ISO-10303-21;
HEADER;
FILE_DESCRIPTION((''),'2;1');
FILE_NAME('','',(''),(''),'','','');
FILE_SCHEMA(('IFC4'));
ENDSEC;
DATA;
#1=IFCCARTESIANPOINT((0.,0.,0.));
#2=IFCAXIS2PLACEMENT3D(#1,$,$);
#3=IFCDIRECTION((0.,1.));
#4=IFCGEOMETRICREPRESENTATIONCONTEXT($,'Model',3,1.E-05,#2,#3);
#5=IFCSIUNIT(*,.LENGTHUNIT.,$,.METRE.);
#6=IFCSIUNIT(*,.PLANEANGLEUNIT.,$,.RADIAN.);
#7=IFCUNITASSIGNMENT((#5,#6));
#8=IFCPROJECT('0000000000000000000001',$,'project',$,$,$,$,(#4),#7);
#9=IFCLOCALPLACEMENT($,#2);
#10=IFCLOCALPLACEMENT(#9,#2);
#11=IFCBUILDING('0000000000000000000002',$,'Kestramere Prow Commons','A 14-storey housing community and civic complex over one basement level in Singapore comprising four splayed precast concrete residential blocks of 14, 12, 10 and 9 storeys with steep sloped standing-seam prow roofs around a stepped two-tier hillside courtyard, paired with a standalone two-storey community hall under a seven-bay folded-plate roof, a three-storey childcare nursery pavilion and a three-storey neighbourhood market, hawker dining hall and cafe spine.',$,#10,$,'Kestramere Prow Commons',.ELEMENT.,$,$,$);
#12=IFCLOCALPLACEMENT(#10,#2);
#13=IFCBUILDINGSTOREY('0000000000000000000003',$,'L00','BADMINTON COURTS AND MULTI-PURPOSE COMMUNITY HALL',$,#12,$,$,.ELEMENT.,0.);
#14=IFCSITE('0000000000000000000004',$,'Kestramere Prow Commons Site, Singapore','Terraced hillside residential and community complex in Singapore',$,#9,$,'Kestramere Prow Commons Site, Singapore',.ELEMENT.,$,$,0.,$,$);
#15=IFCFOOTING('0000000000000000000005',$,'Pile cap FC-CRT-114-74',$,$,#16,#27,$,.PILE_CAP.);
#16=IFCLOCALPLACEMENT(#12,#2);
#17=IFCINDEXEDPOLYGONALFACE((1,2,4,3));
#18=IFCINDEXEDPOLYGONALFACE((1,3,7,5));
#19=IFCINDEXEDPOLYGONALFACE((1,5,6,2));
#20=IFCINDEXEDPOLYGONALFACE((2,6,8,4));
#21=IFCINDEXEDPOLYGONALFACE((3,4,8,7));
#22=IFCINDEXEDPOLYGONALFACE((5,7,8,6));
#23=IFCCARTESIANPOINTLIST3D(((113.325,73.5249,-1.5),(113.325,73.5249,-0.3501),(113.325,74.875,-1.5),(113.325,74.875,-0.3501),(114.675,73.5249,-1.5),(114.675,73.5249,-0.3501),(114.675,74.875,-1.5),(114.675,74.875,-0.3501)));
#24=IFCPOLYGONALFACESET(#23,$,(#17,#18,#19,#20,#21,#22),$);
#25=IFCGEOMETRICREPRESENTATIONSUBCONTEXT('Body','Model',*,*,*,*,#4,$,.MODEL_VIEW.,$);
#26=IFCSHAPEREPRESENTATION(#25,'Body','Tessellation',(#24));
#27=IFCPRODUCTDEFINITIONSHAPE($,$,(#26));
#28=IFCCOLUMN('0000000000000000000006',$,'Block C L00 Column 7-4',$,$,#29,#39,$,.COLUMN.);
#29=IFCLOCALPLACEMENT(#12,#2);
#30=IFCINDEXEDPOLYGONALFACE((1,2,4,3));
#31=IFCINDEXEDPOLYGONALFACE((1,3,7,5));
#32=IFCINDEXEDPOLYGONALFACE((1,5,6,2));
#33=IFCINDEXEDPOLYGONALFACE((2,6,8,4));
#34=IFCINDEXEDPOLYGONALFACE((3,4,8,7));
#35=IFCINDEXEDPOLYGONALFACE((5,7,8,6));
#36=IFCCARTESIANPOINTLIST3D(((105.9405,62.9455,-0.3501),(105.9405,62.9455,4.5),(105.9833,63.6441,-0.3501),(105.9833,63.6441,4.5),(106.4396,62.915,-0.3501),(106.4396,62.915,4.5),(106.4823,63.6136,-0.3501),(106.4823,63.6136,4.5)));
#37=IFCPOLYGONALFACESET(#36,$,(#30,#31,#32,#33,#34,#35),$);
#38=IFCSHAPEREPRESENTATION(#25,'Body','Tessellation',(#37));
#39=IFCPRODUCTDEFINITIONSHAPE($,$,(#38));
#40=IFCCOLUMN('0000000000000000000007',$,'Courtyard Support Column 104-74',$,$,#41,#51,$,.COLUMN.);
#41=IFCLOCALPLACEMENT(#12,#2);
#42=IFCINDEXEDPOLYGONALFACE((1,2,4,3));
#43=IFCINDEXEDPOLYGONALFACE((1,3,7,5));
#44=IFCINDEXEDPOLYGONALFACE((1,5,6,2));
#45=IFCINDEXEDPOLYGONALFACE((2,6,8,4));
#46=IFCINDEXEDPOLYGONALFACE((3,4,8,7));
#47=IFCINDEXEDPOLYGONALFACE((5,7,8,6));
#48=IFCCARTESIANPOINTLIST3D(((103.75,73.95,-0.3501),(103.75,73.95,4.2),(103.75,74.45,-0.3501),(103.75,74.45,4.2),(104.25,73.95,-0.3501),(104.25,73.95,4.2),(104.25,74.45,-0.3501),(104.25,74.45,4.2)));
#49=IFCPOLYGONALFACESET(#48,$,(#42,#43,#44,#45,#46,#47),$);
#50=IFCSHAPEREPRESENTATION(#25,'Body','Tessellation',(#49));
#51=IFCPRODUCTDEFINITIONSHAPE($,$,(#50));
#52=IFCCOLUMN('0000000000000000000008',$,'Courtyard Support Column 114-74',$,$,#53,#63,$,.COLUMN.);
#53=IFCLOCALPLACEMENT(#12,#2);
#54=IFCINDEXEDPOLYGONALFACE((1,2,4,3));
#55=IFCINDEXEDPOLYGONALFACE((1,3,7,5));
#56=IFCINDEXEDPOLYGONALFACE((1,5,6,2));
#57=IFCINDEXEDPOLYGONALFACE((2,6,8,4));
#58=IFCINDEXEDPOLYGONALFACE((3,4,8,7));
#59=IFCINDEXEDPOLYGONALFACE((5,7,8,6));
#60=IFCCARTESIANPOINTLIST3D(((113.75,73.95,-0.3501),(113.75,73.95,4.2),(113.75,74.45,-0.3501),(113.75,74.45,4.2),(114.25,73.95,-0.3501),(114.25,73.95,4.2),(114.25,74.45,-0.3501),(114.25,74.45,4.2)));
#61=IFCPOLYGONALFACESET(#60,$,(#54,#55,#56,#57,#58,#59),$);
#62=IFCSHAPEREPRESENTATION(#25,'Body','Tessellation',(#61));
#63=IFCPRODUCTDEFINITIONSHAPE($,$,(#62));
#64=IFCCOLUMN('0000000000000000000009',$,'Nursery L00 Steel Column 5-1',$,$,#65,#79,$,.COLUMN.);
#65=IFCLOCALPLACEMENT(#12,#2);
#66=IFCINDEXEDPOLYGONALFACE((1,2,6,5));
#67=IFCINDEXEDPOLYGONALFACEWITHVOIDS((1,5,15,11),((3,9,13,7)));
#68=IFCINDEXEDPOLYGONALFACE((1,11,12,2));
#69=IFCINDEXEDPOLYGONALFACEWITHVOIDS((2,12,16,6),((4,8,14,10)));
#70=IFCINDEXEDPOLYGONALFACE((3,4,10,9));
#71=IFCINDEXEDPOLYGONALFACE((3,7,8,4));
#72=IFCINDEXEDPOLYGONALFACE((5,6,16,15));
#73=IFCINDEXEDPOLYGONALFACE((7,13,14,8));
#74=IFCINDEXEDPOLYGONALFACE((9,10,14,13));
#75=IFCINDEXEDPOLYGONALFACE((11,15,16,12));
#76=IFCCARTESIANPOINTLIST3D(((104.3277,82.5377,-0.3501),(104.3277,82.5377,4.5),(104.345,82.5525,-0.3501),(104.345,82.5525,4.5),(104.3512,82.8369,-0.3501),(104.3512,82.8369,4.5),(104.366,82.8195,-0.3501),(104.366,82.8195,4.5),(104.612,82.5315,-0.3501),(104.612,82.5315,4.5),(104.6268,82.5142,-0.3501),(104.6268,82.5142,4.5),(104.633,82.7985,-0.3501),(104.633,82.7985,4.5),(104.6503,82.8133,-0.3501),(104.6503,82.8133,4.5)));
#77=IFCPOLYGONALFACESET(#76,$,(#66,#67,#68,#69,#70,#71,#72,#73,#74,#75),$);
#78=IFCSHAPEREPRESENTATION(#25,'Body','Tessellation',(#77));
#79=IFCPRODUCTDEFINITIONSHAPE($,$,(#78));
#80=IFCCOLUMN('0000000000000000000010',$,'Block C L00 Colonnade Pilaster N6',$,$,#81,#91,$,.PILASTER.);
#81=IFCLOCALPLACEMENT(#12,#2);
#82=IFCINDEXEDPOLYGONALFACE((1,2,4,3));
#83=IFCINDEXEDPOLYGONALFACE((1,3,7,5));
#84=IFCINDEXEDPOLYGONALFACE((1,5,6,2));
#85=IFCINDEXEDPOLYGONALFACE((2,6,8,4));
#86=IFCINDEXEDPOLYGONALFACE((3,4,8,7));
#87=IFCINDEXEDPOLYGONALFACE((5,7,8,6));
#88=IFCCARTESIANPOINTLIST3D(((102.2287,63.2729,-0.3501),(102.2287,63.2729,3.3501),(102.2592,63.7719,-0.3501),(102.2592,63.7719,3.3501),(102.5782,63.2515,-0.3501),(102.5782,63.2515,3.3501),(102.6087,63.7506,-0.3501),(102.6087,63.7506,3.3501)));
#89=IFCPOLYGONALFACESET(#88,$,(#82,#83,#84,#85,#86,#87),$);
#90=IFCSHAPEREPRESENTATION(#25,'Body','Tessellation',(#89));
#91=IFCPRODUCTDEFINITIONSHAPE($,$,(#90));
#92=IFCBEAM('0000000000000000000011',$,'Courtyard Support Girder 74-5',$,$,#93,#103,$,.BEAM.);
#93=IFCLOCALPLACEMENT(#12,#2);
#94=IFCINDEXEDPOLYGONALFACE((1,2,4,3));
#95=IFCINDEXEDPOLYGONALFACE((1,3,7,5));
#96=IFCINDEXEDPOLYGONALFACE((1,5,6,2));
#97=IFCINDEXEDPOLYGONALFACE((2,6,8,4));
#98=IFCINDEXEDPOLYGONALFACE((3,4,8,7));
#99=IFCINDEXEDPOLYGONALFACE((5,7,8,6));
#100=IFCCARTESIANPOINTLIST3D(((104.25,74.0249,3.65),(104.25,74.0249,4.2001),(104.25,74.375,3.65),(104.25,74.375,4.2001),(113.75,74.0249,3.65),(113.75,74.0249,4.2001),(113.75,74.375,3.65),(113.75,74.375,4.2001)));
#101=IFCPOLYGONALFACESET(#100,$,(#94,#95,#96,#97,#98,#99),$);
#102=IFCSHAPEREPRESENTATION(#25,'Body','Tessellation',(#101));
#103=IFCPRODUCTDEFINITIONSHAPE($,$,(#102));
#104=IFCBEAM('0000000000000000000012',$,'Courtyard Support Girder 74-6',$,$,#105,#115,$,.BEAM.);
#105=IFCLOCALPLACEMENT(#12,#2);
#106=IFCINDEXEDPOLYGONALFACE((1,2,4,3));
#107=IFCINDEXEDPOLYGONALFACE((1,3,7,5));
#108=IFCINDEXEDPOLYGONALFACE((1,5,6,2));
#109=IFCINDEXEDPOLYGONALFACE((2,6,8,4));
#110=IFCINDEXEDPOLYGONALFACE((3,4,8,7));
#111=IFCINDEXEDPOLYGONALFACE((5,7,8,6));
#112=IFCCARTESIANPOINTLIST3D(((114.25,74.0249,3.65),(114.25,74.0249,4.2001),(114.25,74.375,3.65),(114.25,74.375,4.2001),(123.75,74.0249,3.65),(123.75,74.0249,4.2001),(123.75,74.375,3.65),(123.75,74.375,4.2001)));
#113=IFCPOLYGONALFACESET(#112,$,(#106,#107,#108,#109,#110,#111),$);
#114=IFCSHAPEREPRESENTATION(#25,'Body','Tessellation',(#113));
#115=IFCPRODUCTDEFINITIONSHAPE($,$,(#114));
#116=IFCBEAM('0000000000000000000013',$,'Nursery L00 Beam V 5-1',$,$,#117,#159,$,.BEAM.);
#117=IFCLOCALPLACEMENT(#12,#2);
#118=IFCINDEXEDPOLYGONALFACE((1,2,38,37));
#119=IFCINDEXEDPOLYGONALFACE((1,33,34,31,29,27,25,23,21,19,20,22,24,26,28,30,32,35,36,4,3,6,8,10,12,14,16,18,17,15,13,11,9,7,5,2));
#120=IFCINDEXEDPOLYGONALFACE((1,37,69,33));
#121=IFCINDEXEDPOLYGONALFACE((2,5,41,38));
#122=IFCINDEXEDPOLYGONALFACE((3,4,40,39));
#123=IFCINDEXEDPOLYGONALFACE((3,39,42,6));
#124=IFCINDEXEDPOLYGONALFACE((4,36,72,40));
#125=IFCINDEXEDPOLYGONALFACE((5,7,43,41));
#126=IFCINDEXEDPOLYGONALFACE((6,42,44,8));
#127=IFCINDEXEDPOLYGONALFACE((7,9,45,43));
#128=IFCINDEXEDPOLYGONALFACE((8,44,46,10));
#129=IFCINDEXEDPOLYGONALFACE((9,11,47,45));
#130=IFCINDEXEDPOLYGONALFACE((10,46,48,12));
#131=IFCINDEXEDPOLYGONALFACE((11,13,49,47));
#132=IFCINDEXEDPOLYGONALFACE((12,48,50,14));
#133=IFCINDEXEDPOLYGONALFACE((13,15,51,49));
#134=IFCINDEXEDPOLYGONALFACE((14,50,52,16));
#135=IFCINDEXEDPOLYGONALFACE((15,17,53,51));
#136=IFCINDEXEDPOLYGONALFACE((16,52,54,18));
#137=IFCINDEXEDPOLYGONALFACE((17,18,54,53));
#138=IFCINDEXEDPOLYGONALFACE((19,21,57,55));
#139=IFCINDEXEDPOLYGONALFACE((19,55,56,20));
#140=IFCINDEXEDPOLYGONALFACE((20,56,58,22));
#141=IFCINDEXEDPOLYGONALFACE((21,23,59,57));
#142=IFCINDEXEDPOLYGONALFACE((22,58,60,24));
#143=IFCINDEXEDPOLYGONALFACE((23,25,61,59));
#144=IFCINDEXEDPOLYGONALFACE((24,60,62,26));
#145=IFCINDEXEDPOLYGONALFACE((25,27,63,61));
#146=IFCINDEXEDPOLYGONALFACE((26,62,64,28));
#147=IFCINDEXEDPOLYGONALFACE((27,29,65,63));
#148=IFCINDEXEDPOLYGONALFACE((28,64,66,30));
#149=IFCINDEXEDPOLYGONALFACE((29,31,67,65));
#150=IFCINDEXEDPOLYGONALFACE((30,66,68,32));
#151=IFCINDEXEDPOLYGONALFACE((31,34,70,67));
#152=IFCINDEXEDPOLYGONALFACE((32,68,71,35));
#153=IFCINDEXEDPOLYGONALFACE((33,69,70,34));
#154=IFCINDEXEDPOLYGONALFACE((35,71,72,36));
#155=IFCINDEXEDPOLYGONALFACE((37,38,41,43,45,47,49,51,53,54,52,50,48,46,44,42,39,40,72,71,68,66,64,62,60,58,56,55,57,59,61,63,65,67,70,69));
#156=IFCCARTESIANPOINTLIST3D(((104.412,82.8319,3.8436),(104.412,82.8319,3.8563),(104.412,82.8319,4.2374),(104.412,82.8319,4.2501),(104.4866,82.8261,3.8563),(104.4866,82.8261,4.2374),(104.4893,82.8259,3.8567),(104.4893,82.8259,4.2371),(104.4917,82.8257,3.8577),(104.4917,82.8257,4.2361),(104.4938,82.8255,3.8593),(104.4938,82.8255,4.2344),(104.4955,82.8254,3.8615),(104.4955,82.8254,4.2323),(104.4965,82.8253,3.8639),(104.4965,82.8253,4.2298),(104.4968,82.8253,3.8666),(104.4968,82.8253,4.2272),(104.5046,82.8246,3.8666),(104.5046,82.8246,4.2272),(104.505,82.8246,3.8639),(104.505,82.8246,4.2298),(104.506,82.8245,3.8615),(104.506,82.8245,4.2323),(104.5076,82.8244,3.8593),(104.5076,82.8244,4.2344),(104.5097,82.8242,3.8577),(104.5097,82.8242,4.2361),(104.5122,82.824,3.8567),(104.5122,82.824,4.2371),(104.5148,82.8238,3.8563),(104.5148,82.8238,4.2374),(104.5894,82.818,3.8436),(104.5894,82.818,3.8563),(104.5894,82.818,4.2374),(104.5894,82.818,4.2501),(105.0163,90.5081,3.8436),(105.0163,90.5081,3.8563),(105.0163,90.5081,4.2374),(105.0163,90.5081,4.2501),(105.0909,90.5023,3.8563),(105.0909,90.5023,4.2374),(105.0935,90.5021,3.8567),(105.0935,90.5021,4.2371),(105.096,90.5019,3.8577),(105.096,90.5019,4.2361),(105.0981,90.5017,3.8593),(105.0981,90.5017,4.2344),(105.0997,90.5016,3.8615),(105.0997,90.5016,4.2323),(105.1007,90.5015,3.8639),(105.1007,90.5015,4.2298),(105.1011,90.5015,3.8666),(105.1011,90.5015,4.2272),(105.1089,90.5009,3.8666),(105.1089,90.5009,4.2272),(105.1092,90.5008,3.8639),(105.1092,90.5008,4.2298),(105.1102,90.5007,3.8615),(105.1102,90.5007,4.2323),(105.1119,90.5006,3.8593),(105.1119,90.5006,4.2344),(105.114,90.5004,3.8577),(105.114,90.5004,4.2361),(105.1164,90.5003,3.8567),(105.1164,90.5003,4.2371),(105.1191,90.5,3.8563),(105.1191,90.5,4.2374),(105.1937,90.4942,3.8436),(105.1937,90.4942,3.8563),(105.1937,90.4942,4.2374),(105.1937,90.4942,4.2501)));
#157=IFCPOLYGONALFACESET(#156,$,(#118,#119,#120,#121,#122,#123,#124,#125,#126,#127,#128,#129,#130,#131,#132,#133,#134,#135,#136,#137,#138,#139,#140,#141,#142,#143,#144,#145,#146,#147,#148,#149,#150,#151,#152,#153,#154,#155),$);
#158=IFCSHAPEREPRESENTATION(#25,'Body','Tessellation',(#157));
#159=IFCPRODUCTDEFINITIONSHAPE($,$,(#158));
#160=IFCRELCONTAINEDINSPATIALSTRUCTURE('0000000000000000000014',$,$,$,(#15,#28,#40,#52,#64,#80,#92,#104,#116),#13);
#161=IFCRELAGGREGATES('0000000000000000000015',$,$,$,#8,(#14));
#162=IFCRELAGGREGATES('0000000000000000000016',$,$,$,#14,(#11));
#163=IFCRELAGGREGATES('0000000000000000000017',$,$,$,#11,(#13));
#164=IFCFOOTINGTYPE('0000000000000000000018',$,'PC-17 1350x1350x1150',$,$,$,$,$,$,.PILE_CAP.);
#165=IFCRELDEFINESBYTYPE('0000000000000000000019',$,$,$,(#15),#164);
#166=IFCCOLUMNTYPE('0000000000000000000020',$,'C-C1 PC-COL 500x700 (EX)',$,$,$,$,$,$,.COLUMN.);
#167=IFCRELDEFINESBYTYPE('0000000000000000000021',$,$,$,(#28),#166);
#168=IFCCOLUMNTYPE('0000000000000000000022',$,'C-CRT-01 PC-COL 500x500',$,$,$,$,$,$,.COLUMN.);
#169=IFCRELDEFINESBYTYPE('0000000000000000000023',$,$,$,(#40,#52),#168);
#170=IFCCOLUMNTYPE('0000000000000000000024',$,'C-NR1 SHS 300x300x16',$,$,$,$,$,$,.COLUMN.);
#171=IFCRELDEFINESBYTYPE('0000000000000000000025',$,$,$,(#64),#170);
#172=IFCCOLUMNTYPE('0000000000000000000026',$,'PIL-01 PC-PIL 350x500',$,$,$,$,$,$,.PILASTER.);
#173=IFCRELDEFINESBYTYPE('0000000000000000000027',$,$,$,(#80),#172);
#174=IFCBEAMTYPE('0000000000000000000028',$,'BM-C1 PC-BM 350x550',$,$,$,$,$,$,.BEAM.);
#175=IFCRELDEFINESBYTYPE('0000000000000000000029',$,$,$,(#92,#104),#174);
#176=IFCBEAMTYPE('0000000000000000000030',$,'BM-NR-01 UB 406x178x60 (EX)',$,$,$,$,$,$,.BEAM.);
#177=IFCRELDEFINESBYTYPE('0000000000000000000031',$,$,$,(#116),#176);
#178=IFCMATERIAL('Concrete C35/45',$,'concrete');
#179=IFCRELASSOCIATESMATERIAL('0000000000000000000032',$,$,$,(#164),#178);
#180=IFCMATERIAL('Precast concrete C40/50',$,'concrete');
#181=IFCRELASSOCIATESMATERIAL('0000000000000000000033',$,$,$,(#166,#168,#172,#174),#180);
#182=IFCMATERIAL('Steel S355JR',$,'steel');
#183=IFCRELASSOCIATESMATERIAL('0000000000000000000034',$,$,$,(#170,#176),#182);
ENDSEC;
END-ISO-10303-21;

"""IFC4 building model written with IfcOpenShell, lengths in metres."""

from ifc_helpers import new_model, si_unit, direction, frame, origin, origin_2d, place, context, subcontext, project, spatial, rectangle, hollow_rectangle, i_section, extrude, material, material_profile, profile_set, type_object, element, save


model = new_model("IFC4")

# Units and contexts
model_context = context("Model", 3, precision=1e-05, world=origin(), true_north=direction((0.0, 1.0)))
body_context = subcontext(model_context, "Body", "Model", "MODEL_VIEW")
ifc_project = project(units=[si_unit("LENGTHUNIT", "METRE"), si_unit("PLANEANGLEUNIT", "RADIAN")], contexts=[model_context])

# Site, building, storey
site_placement = place(None, origin())
site = spatial("IfcSite", under=ifc_project, at=site_placement, Name="Kestramere Prow Commons Site, Singapore", Description="Terraced hillside residential and community complex in Singapore", LongName="Kestramere Prow Commons Site, Singapore", CompositionType="ELEMENT", RefElevation=0.0)
building_placement = place(site_placement, origin())
building = spatial("IfcBuilding", under=site, at=building_placement, Name="Kestramere Prow Commons", Description="A 14-storey housing community and civic complex over one basement level in Singapore comprising four splayed precast concrete residential blocks of 14, 12, 10 and 9 storeys with steep sloped standing-seam prow roofs around a stepped two-tier hillside courtyard, paired with a standalone two-storey community hall under a seven-bay folded-plate roof, a three-storey childcare nursery pavilion and a three-storey neighbourhood market, hawker dining hall and cafe spine.", LongName="Kestramere Prow Commons", CompositionType="ELEMENT")
storey_placement = place(building_placement, origin())
storey = spatial("IfcBuildingStorey", under=building, at=storey_placement, Name="L00", Description="BADMINTON COURTS AND MULTI-PURPOSE COMMUNITY HALL", CompositionType="ELEMENT", Elevation=0.0)

# Shared definitions
ifc_material_1 = material(Name="Concrete C35/45", Category="concrete")

# Footing
footing_type_1 = type_object("IfcFootingType", Name="PC-17 1350x1350x1150", PredefinedType="PILE_CAP", material=ifc_material_1)
for number, where, z_axis, x_axis, name in (
    (1, (114.0, 74.2, -1.5), (0.0, 0.0, 1.0), (1.0, 0.0, 0.0), "Pile cap FC-CRT-114-74"),
):
    element("IfcFooting", number, at=place(storey_placement, frame(where, z_axis=z_axis, x_axis=x_axis)), inside=storey, type_object=footing_type_1, Name=name, PredefinedType="PILE_CAP", context=body_context, shape_type="SweptSolid", body=[
        extrude(rectangle(XDim=1.3501, YDim=1.3501, at=origin_2d()), origin(), (0.0, 0.0, 1.0), 1.1499),
    ])

# Columns
ifc_material_2 = material(Name="Precast concrete C40/50", Category="concrete")
ifc_material_profile_1 = material_profile(ifc_material_2, rectangle(XDim=0.5, YDim=0.7, at=origin_2d()), Name="PC-COL 500x700")
ifc_profile_set_1 = profile_set([ifc_material_profile_1], Name="Precast concrete C40/50")
column_type_1 = type_object("IfcColumnType", Name="C-C1 PC-COL 500x700 (EX)", PredefinedType="COLUMN", material=ifc_profile_set_1)
column_1_placement = place(storey_placement, frame((106.2114, 63.2795, -0.3501), z_axis=(0.0, 0.0, 1.0), x_axis=(0.998135, -0.061049, 0.0)))
element("IfcColumn", 2, at=column_1_placement, inside=storey, type_object=column_type_1, Name="Block C L00 Column 7-4", PredefinedType="COLUMN", context=body_context, shape_type="SweptSolid", body=[
    extrude(rectangle(XDim=0.5, YDim=0.7, at=origin_2d()), origin(), (0.0, 0.0, 1.0), 4.8501),
])
ifc_material_profile_2 = material_profile(ifc_material_2, rectangle(XDim=0.5, YDim=0.5, at=origin_2d()), Name="PC-COL 500x500")
ifc_profile_set_2 = profile_set([ifc_material_profile_2], Name="Precast concrete C40/50")
column_type_2 = type_object("IfcColumnType", Name="C-CRT-01 PC-COL 500x500", PredefinedType="COLUMN", material=ifc_profile_set_2)
for number, where, z_axis, x_axis, name in (
    (3, (104.0, 74.2, -0.3501), (0.0, 0.0, 1.0), (1.0, 0.0, 0.0), "Courtyard Support Column 104-74"),
    (4, (114.0, 74.2, -0.3501), (0.0, 0.0, 1.0), (1.0, 0.0, 0.0), "Courtyard Support Column 114-74"),
):
    element("IfcColumn", number, at=place(storey_placement, frame(where, z_axis=z_axis, x_axis=x_axis)), inside=storey, type_object=column_type_2, Name=name, PredefinedType="COLUMN", context=body_context, shape_type="SweptSolid", body=[
        extrude(rectangle(XDim=0.5, YDim=0.5, at=origin_2d()), origin(), (0.0, 0.0, 1.0), 4.55),
    ])
ifc_material_3 = material(Name="Steel S355JR", Category="steel")
ifc_material_profile_3 = material_profile(ifc_material_3, hollow_rectangle(XDim=0.3, YDim=0.3, WallThickness=0.0161, at=origin_2d()), Name="SHS 300x300x16")
ifc_profile_set_3 = profile_set([ifc_material_profile_3], Name="Steel S355JR")
column_type_3 = type_object("IfcColumnType", Name="C-NR1 SHS 300x300x16", PredefinedType="COLUMN", material=ifc_profile_set_3)
column_2_placement = place(storey_placement, frame((104.489, 82.6755, -0.3501), z_axis=(0.0, 0.0, 1.0), x_axis=(0.996917, -0.078459, 0.0)))
element("IfcColumn", 5, at=column_2_placement, inside=storey, type_object=column_type_3, Name="Nursery L00 Steel Column 5-1", PredefinedType="COLUMN", context=body_context, shape_type="SweptSolid", body=[
    extrude(hollow_rectangle(XDim=0.3, YDim=0.3, WallThickness=0.0161, at=origin_2d()), origin(), (0.0, 0.0, 1.0), 4.8501),
])
ifc_material_profile_4 = material_profile(ifc_material_2, rectangle(XDim=0.3501, YDim=0.5, at=origin_2d()), Name="PC-PIL 350x500")
ifc_profile_set_4 = profile_set([ifc_material_profile_4], Name="Precast concrete C40/50")
column_type_4 = type_object("IfcColumnType", Name="PIL-01 PC-PIL 350x500", PredefinedType="PILASTER", material=ifc_profile_set_4)
column_3_placement = place(storey_placement, frame((102.4187, 63.5117, -0.3501), z_axis=(0.0, 0.0, 1.0), x_axis=(0.998135, -0.061049, 0.0)))
element("IfcColumn", 6, at=column_3_placement, inside=storey, type_object=column_type_4, Name="Block C L00 Colonnade Pilaster N6", PredefinedType="PILASTER", context=body_context, shape_type="SweptSolid", body=[
    extrude(rectangle(XDim=0.3501, YDim=0.5, at=origin_2d()), origin(), (0.0, 0.0, 1.0), 3.7002),
])

# Beams
ifc_material_profile_5 = material_profile(ifc_material_2, rectangle(XDim=0.3501, YDim=0.55, at=origin_2d()), Name="PC-BM 350x550")
ifc_profile_set_5 = profile_set([ifc_material_profile_5], Name="Precast concrete C40/50")
beam_type_1 = type_object("IfcBeamType", Name="BM-C1 PC-BM 350x550", PredefinedType="BEAM", material=ifc_profile_set_5)
for number, where, z_axis, x_axis, name in (
    (7, (104.25, 74.2, 3.925), (1.0, 0.0, 0.0), (0.0, 1.0, 0.0), "Courtyard Support Girder 74-5"),
    (8, (114.25, 74.2, 3.925), (1.0, 0.0, 0.0), (0.0, 1.0, 0.0), "Courtyard Support Girder 74-6"),
):
    element("IfcBeam", number, at=place(storey_placement, frame(where, z_axis=z_axis, x_axis=x_axis)), inside=storey, type_object=beam_type_1, Name=name, PredefinedType="BEAM", context=body_context, shape_type="SweptSolid", body=[
        extrude(rectangle(XDim=0.3501, YDim=0.55, at=origin_2d()), origin(), (0.0, 0.0, 1.0), 9.5),
    ])
ifc_material_profile_6 = material_profile(ifc_material_3, i_section(OverallWidth=0.178, OverallDepth=0.4065, WebThickness=0.0078, FlangeThickness=0.0127, FilletRadius=0.0103, at=origin_2d()), Name="UB 406x178x60")
ifc_profile_set_6 = profile_set([ifc_material_profile_6], Name="Steel S355JR")
beam_type_2 = type_object("IfcBeamType", Name="BM-NR-01 UB 406x178x60 (EX)", PredefinedType="BEAM", material=ifc_profile_set_6)
beam_placement = place(storey_placement, frame((104.5007, 82.825, 4.0469), z_axis=(0.078474, 0.996916, 0.0), x_axis=(-0.996916, 0.078474, 0.0)))
element("IfcBeam", 9, at=beam_placement, inside=storey, type_object=beam_type_2, Name="Nursery L00 Beam V 5-1", PredefinedType="BEAM", context=body_context, shape_type="SweptSolid", body=[
    extrude(i_section(OverallWidth=0.178, OverallDepth=0.4065, WebThickness=0.0078, FlangeThickness=0.0127, FilletRadius=0.0103, at=origin_2d()), origin(), (0.0, 0.0, 1.0), 7.7),
])

save(model, "model.ifc")
